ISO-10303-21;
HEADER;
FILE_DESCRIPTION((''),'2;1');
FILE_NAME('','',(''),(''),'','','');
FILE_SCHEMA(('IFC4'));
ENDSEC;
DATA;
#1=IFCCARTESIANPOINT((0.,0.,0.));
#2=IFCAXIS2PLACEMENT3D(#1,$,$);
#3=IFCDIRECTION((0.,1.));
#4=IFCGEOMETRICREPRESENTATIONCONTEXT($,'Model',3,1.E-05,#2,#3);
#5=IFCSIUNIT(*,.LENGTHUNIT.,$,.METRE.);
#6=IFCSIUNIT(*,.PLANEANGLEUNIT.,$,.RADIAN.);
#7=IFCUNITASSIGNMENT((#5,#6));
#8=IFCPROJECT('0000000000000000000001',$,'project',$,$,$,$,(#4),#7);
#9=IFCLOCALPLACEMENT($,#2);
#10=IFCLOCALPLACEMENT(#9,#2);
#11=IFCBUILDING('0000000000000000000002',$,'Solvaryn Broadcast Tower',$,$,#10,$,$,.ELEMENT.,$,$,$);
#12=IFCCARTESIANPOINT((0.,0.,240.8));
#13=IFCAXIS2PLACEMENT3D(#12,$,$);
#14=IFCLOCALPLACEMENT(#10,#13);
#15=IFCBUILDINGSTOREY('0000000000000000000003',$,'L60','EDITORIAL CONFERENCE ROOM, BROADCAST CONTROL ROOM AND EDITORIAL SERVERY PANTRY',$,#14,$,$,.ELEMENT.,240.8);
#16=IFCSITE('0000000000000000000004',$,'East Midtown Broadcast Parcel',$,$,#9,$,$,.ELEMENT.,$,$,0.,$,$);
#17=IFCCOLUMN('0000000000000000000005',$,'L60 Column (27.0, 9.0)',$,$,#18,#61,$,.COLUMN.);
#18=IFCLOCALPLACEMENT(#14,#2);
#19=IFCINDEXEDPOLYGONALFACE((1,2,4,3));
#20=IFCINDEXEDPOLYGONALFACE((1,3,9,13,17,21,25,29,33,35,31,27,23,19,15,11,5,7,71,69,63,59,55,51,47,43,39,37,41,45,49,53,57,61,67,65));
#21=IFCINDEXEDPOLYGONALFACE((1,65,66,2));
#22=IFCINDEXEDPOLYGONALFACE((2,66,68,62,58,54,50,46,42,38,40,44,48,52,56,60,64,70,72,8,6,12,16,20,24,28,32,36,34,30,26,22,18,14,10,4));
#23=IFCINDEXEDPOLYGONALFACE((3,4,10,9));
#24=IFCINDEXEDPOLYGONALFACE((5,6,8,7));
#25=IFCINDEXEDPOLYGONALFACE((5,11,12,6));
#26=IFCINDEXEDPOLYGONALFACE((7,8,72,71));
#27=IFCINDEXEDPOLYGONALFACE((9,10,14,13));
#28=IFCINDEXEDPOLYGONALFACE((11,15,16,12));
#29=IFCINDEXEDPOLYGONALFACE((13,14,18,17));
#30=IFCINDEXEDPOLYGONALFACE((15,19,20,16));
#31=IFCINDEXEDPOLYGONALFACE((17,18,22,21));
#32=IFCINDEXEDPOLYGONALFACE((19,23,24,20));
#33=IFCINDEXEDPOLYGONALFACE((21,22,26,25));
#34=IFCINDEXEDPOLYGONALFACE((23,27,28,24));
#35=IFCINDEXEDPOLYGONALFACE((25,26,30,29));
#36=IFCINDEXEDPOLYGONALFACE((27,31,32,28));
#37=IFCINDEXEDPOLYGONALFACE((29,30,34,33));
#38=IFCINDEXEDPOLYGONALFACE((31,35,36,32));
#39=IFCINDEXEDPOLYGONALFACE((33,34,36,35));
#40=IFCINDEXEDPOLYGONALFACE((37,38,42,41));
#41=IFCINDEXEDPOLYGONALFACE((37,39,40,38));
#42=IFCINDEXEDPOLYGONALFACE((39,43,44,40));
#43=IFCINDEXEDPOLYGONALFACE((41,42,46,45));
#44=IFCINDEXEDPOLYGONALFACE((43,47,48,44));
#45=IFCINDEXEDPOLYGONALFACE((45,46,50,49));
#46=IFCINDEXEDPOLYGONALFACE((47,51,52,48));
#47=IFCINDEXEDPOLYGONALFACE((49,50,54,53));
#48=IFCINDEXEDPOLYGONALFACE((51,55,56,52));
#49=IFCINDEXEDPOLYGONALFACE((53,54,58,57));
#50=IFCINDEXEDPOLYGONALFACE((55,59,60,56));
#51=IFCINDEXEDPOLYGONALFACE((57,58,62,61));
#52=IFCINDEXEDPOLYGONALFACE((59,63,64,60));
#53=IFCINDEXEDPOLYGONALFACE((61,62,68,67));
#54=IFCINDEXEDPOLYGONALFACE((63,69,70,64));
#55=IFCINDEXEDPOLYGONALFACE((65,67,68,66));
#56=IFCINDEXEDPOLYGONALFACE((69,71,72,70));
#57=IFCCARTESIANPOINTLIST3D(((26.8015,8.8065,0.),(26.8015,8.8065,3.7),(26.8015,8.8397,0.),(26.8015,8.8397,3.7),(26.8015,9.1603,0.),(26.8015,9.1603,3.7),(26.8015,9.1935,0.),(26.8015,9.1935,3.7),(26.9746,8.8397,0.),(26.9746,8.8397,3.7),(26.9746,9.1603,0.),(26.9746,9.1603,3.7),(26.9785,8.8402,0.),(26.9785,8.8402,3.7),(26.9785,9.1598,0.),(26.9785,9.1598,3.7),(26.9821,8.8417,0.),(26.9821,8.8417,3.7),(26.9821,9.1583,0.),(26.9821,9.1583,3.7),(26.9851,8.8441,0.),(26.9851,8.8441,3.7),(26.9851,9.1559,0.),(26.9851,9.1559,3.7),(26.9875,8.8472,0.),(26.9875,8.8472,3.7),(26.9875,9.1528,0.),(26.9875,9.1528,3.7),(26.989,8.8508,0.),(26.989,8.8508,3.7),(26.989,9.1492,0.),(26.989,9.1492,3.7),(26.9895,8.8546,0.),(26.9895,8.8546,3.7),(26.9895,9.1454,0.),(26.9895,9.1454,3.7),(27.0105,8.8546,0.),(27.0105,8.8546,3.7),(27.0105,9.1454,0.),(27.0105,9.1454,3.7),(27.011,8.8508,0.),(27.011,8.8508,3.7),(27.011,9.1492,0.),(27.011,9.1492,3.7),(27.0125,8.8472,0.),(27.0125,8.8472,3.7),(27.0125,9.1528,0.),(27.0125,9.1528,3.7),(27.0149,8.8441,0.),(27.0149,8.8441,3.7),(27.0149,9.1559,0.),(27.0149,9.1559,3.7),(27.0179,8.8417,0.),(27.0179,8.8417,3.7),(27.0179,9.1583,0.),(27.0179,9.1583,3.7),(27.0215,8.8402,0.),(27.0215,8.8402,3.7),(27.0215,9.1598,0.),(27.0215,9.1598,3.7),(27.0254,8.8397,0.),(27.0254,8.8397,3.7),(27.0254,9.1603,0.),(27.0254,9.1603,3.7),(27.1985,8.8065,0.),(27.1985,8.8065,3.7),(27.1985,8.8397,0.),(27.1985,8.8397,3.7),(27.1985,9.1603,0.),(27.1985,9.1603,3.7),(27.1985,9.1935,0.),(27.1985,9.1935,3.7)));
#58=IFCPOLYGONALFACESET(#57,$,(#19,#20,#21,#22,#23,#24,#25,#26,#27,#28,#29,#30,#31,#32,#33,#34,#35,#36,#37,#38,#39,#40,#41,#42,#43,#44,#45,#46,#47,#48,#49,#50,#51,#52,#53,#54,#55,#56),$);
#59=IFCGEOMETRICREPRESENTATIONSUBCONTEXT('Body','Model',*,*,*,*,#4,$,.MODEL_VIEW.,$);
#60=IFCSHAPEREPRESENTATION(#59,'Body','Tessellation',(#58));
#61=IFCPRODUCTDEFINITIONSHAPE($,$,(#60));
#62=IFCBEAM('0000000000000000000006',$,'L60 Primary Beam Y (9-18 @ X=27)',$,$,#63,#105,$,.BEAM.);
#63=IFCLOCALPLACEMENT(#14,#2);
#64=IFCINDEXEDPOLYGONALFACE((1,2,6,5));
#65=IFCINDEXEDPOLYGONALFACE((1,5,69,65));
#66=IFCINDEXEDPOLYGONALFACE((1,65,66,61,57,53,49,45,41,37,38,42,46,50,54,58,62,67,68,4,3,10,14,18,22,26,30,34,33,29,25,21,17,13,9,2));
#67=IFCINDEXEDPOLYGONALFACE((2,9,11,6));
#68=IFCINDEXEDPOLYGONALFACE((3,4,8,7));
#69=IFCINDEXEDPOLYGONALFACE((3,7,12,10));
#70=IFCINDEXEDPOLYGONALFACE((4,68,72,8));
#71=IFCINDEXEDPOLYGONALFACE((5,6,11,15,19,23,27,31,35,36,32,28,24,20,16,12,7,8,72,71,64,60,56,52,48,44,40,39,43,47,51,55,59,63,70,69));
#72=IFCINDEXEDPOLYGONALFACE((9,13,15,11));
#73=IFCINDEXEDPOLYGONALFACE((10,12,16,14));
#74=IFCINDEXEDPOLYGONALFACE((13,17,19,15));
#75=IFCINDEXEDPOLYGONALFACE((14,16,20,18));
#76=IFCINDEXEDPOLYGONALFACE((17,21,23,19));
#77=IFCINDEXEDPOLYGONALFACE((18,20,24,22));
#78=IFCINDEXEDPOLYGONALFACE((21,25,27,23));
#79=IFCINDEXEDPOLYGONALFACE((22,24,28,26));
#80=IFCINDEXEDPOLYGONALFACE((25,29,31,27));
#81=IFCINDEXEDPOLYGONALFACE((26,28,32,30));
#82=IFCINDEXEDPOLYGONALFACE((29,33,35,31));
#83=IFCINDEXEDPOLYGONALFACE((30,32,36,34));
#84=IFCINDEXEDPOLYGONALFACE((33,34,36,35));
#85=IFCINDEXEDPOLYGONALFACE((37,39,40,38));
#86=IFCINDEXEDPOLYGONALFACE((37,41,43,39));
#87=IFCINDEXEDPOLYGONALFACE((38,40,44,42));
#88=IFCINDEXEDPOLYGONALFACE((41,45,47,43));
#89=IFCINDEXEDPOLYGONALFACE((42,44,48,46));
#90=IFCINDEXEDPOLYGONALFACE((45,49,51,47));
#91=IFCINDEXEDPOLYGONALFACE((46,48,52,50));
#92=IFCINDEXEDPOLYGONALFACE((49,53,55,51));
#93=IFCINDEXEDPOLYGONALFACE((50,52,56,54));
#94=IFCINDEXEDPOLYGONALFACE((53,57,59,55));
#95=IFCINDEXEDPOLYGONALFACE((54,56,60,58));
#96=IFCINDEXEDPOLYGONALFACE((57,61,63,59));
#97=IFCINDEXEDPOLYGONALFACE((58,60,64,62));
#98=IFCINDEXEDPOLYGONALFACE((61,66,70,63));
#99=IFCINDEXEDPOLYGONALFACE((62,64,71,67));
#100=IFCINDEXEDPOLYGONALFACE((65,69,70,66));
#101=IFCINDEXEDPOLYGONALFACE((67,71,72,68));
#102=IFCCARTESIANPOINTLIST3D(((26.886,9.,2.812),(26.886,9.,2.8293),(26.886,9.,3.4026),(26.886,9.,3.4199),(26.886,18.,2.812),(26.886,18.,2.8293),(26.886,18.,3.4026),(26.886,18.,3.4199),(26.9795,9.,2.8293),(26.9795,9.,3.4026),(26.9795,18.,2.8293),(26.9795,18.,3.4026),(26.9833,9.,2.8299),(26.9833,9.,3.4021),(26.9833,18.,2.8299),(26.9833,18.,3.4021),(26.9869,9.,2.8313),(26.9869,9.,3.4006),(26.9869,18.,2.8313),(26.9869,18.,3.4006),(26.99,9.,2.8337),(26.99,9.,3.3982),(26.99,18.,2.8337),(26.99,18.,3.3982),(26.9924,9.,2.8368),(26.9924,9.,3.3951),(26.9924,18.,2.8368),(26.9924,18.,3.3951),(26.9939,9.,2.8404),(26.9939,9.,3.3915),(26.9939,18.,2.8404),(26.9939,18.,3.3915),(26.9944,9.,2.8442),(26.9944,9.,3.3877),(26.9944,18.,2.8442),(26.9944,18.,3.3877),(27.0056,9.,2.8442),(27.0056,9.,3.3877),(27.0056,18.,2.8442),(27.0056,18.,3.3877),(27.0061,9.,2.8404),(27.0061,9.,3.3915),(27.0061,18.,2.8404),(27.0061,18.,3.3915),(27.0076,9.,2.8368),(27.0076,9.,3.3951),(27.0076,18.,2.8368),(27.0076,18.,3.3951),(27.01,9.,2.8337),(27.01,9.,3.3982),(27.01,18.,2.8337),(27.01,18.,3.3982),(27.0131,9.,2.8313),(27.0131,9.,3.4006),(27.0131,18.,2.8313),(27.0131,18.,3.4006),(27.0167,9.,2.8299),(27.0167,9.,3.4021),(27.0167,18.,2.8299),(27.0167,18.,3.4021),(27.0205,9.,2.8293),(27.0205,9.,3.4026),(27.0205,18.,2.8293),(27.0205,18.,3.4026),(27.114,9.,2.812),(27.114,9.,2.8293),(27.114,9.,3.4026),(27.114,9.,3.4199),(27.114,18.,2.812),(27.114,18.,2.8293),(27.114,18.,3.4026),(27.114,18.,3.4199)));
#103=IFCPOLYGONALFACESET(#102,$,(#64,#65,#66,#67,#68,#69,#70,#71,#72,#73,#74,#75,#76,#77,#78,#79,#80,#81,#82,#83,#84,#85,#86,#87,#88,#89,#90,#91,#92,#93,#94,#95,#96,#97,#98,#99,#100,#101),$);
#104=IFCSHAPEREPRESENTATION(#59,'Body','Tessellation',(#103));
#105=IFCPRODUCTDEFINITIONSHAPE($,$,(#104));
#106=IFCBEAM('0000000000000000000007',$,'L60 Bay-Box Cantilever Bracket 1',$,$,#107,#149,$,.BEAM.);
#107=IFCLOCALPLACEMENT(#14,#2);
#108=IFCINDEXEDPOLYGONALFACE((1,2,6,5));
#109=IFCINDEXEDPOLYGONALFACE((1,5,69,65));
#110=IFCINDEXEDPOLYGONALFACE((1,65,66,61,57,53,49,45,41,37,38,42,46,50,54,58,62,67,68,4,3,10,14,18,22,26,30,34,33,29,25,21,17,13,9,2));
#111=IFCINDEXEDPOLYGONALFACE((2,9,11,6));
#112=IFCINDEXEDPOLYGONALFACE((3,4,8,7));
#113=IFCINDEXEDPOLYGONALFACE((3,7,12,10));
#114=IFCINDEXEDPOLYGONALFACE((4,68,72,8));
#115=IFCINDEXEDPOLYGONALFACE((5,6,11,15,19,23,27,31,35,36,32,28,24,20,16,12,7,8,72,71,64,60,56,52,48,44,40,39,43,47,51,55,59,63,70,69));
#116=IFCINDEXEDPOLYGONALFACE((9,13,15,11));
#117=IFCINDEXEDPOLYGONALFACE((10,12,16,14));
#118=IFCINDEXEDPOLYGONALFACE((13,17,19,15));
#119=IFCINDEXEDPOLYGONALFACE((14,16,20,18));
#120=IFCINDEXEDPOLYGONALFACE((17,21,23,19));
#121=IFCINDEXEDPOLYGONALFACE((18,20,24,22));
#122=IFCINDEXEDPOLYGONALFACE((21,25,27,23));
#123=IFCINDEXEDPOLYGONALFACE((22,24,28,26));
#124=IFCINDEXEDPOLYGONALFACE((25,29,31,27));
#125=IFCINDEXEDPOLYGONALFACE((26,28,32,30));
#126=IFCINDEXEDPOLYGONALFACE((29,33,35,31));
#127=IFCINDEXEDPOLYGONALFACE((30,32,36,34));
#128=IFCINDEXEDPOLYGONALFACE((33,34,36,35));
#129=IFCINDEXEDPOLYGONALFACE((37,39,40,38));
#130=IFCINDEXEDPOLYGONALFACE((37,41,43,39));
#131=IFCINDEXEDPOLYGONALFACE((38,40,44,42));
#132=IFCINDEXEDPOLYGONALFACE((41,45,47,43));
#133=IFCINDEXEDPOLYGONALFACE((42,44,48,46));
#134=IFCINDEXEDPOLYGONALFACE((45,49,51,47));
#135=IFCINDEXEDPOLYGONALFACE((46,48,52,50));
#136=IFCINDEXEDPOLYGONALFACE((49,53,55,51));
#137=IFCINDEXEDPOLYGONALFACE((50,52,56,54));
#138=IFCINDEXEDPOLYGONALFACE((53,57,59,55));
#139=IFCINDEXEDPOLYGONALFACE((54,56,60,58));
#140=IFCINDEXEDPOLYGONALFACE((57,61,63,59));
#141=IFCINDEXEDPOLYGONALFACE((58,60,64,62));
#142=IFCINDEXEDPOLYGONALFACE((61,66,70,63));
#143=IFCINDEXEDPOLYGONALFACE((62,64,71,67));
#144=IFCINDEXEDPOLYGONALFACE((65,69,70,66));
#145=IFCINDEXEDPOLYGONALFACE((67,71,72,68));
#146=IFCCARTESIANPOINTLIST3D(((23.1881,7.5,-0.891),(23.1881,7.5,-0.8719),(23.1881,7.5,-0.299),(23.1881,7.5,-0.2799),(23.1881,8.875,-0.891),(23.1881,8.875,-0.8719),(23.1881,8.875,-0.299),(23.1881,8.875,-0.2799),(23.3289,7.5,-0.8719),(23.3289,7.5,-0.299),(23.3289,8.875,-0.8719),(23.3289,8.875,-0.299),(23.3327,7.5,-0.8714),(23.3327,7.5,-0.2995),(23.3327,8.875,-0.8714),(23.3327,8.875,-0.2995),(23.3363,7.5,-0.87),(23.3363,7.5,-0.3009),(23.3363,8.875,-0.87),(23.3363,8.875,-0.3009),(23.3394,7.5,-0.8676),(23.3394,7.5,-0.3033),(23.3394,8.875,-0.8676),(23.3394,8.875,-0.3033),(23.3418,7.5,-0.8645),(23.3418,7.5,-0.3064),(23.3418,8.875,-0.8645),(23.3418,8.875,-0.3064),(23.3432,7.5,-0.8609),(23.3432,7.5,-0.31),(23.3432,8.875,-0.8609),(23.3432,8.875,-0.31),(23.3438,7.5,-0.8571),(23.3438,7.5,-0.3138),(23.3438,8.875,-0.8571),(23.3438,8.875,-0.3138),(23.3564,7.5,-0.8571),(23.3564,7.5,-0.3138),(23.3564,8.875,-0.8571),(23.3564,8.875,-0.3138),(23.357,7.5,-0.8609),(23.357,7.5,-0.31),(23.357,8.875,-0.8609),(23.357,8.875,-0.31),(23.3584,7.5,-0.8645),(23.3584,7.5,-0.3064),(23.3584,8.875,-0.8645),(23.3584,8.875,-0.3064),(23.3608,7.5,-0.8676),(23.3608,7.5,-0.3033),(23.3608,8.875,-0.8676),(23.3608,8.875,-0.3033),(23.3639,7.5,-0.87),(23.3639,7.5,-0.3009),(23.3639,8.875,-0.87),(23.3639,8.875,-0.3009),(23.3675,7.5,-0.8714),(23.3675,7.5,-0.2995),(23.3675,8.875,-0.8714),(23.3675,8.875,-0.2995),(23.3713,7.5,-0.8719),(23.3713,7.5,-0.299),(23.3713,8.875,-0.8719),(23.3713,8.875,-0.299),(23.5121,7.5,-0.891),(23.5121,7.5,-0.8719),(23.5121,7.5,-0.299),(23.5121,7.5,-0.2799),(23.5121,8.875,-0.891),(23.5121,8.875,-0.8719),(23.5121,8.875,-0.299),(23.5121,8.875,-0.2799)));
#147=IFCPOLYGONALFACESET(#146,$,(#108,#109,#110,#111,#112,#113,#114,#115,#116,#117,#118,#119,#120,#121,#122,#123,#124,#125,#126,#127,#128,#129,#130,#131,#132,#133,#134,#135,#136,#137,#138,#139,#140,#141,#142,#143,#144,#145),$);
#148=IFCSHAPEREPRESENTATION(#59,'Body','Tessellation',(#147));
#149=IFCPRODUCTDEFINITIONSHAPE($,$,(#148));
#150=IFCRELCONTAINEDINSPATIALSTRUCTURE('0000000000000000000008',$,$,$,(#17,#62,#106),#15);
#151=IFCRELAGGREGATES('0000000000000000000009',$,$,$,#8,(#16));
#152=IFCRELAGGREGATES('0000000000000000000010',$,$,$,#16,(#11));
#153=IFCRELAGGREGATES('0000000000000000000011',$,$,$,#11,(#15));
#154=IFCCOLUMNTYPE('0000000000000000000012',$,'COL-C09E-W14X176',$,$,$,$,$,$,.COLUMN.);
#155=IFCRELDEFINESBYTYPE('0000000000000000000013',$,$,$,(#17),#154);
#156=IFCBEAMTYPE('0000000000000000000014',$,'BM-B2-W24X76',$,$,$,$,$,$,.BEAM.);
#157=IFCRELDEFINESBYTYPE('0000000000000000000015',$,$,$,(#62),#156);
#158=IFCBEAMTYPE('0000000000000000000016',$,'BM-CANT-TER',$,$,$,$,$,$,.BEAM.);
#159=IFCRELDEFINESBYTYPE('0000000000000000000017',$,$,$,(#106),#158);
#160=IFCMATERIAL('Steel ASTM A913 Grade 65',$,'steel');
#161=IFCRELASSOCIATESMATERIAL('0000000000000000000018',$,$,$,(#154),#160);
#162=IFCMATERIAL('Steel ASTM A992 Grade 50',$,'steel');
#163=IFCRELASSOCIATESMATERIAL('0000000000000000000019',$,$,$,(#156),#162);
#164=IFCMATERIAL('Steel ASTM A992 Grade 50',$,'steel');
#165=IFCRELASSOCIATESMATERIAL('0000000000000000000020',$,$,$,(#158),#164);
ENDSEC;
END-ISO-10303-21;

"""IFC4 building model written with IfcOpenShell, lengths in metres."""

from ifc_helpers import new_model, si_unit, direction, frame, origin, origin_2d, place, context, subcontext, project, spatial, i_section, extrude, material, material_profile, profile_set, type_object, element, save


model = new_model("IFC4")

# Units and contexts
model_context = context("Model", 3, precision=1e-05, world=origin(), true_north=direction((0.0, 1.0)))
body_context = subcontext(model_context, "Body", "Model", "MODEL_VIEW")
ifc_project = project(units=[si_unit("LENGTHUNIT", "METRE"), si_unit("PLANEANGLEUNIT", "RADIAN")], contexts=[model_context])

# Site, building, storey
site_placement = place(None, origin())
site = spatial("IfcSite", under=ifc_project, at=site_placement, Name="East Midtown Broadcast Parcel", CompositionType="ELEMENT", RefElevation=0.0)
building_placement = place(site_placement, origin())
building = spatial("IfcBuilding", under=site, at=building_placement, Name="Solvaryn Broadcast Tower", CompositionType="ELEMENT")
storey_placement = place(building_placement, frame((0.0, 0.0, 240.8)))
storey = spatial("IfcBuildingStorey", under=building, at=storey_placement, Name="L60", Description="EDITORIAL CONFERENCE ROOM, BROADCAST CONTROL ROOM AND EDITORIAL SERVERY PANTRY", CompositionType="ELEMENT", Elevation=240.8)

# Column
ifc_material_1 = material(Name="Steel ASTM A913 Grade 65", Category="steel")
ifc_material_profile_1 = material_profile(ifc_material_1, i_section(OverallWidth=0.397, OverallDepth=0.387, WebThickness=0.021, FlangeThickness=0.0332, FilletRadius=0.0149, at=origin_2d()))
ifc_profile_set_1 = profile_set([ifc_material_profile_1], Name="Steel ASTM A913 Grade 65")
column_type = type_object("IfcColumnType", Name="COL-C09E-W14X176", PredefinedType="COLUMN", material=ifc_profile_set_1)
column_placement = place(storey_placement, frame((27.0, 9.0, 0.0), z_axis=(0.0, 0.0, 1.0), x_axis=(1.0, 0.0, 0.0)))
element("IfcColumn", 1, at=column_placement, inside=storey, type_object=column_type, Name="L60 Column (27.0, 9.0)", PredefinedType="COLUMN", context=body_context, shape_type="SweptSolid", body=[
    extrude(i_section(OverallWidth=0.397, OverallDepth=0.387, WebThickness=0.021, FlangeThickness=0.0332, FilletRadius=0.0149, at=origin_2d()), origin(), (0.0, 0.0, 1.0), 3.7),
])

# Beams
ifc_material_2 = material(Name="Steel ASTM A992 Grade 50", Category="steel")
ifc_material_profile_2 = material_profile(ifc_material_2, i_section(OverallWidth=0.228, OverallDepth=0.6079, WebThickness=0.0112, FlangeThickness=0.0173, FilletRadius=0.0149, at=origin_2d()))
ifc_profile_set_2 = profile_set([ifc_material_profile_2], Name="Steel ASTM A992 Grade 50")
beam_type_1 = type_object("IfcBeamType", Name="BM-B2-W24X76", PredefinedType="BEAM", material=ifc_profile_set_2)
beam_1_placement = place(storey_placement, frame((27.0, 9.0, 3.116), z_axis=(0.0, 1.0, 0.0), x_axis=(-1.0, 0.0, 0.0)))
element("IfcBeam", 2, at=beam_1_placement, inside=storey, type_object=beam_type_1, Name="L60 Primary Beam Y (9-18 @ X=27)", PredefinedType="BEAM", context=body_context, shape_type="SweptSolid", body=[
    extrude(i_section(OverallWidth=0.228, OverallDepth=0.6079, WebThickness=0.0112, FlangeThickness=0.0173, FilletRadius=0.0149, at=origin_2d()), origin(), (0.0, 0.0, 1.0), 9.0),
])
ifc_material_3 = material(Name="Steel ASTM A992 Grade 50", Category="steel")
ifc_material_profile_3 = material_profile(ifc_material_3, i_section(OverallWidth=0.324, OverallDepth=0.6111, WebThickness=0.0127, FlangeThickness=0.019, FilletRadius=0.0149, at=origin_2d()))
ifc_profile_set_3 = profile_set([ifc_material_profile_3], Name="Steel ASTM A992 Grade 50")
beam_type_2 = type_object("IfcBeamType", Name="BM-CANT-TER", PredefinedType="BEAM", material=ifc_profile_set_3)
beam_2_placement = place(storey_placement, frame((23.3501, 8.875, -0.5854), z_axis=(0.0, -1.0, 0.0), x_axis=(1.0, 0.0, 0.0)))
element("IfcBeam", 3, at=beam_2_placement, inside=storey, type_object=beam_type_2, Name="L60 Bay-Box Cantilever Bracket 1", PredefinedType="BEAM", context=body_context, shape_type="SweptSolid", body=[
    extrude(i_section(OverallWidth=0.324, OverallDepth=0.6111, WebThickness=0.0127, FlangeThickness=0.019, FilletRadius=0.0149, at=origin_2d()), origin(), (0.0, 0.0, 1.0), 1.375),
])

save(model, "model.ifc")
